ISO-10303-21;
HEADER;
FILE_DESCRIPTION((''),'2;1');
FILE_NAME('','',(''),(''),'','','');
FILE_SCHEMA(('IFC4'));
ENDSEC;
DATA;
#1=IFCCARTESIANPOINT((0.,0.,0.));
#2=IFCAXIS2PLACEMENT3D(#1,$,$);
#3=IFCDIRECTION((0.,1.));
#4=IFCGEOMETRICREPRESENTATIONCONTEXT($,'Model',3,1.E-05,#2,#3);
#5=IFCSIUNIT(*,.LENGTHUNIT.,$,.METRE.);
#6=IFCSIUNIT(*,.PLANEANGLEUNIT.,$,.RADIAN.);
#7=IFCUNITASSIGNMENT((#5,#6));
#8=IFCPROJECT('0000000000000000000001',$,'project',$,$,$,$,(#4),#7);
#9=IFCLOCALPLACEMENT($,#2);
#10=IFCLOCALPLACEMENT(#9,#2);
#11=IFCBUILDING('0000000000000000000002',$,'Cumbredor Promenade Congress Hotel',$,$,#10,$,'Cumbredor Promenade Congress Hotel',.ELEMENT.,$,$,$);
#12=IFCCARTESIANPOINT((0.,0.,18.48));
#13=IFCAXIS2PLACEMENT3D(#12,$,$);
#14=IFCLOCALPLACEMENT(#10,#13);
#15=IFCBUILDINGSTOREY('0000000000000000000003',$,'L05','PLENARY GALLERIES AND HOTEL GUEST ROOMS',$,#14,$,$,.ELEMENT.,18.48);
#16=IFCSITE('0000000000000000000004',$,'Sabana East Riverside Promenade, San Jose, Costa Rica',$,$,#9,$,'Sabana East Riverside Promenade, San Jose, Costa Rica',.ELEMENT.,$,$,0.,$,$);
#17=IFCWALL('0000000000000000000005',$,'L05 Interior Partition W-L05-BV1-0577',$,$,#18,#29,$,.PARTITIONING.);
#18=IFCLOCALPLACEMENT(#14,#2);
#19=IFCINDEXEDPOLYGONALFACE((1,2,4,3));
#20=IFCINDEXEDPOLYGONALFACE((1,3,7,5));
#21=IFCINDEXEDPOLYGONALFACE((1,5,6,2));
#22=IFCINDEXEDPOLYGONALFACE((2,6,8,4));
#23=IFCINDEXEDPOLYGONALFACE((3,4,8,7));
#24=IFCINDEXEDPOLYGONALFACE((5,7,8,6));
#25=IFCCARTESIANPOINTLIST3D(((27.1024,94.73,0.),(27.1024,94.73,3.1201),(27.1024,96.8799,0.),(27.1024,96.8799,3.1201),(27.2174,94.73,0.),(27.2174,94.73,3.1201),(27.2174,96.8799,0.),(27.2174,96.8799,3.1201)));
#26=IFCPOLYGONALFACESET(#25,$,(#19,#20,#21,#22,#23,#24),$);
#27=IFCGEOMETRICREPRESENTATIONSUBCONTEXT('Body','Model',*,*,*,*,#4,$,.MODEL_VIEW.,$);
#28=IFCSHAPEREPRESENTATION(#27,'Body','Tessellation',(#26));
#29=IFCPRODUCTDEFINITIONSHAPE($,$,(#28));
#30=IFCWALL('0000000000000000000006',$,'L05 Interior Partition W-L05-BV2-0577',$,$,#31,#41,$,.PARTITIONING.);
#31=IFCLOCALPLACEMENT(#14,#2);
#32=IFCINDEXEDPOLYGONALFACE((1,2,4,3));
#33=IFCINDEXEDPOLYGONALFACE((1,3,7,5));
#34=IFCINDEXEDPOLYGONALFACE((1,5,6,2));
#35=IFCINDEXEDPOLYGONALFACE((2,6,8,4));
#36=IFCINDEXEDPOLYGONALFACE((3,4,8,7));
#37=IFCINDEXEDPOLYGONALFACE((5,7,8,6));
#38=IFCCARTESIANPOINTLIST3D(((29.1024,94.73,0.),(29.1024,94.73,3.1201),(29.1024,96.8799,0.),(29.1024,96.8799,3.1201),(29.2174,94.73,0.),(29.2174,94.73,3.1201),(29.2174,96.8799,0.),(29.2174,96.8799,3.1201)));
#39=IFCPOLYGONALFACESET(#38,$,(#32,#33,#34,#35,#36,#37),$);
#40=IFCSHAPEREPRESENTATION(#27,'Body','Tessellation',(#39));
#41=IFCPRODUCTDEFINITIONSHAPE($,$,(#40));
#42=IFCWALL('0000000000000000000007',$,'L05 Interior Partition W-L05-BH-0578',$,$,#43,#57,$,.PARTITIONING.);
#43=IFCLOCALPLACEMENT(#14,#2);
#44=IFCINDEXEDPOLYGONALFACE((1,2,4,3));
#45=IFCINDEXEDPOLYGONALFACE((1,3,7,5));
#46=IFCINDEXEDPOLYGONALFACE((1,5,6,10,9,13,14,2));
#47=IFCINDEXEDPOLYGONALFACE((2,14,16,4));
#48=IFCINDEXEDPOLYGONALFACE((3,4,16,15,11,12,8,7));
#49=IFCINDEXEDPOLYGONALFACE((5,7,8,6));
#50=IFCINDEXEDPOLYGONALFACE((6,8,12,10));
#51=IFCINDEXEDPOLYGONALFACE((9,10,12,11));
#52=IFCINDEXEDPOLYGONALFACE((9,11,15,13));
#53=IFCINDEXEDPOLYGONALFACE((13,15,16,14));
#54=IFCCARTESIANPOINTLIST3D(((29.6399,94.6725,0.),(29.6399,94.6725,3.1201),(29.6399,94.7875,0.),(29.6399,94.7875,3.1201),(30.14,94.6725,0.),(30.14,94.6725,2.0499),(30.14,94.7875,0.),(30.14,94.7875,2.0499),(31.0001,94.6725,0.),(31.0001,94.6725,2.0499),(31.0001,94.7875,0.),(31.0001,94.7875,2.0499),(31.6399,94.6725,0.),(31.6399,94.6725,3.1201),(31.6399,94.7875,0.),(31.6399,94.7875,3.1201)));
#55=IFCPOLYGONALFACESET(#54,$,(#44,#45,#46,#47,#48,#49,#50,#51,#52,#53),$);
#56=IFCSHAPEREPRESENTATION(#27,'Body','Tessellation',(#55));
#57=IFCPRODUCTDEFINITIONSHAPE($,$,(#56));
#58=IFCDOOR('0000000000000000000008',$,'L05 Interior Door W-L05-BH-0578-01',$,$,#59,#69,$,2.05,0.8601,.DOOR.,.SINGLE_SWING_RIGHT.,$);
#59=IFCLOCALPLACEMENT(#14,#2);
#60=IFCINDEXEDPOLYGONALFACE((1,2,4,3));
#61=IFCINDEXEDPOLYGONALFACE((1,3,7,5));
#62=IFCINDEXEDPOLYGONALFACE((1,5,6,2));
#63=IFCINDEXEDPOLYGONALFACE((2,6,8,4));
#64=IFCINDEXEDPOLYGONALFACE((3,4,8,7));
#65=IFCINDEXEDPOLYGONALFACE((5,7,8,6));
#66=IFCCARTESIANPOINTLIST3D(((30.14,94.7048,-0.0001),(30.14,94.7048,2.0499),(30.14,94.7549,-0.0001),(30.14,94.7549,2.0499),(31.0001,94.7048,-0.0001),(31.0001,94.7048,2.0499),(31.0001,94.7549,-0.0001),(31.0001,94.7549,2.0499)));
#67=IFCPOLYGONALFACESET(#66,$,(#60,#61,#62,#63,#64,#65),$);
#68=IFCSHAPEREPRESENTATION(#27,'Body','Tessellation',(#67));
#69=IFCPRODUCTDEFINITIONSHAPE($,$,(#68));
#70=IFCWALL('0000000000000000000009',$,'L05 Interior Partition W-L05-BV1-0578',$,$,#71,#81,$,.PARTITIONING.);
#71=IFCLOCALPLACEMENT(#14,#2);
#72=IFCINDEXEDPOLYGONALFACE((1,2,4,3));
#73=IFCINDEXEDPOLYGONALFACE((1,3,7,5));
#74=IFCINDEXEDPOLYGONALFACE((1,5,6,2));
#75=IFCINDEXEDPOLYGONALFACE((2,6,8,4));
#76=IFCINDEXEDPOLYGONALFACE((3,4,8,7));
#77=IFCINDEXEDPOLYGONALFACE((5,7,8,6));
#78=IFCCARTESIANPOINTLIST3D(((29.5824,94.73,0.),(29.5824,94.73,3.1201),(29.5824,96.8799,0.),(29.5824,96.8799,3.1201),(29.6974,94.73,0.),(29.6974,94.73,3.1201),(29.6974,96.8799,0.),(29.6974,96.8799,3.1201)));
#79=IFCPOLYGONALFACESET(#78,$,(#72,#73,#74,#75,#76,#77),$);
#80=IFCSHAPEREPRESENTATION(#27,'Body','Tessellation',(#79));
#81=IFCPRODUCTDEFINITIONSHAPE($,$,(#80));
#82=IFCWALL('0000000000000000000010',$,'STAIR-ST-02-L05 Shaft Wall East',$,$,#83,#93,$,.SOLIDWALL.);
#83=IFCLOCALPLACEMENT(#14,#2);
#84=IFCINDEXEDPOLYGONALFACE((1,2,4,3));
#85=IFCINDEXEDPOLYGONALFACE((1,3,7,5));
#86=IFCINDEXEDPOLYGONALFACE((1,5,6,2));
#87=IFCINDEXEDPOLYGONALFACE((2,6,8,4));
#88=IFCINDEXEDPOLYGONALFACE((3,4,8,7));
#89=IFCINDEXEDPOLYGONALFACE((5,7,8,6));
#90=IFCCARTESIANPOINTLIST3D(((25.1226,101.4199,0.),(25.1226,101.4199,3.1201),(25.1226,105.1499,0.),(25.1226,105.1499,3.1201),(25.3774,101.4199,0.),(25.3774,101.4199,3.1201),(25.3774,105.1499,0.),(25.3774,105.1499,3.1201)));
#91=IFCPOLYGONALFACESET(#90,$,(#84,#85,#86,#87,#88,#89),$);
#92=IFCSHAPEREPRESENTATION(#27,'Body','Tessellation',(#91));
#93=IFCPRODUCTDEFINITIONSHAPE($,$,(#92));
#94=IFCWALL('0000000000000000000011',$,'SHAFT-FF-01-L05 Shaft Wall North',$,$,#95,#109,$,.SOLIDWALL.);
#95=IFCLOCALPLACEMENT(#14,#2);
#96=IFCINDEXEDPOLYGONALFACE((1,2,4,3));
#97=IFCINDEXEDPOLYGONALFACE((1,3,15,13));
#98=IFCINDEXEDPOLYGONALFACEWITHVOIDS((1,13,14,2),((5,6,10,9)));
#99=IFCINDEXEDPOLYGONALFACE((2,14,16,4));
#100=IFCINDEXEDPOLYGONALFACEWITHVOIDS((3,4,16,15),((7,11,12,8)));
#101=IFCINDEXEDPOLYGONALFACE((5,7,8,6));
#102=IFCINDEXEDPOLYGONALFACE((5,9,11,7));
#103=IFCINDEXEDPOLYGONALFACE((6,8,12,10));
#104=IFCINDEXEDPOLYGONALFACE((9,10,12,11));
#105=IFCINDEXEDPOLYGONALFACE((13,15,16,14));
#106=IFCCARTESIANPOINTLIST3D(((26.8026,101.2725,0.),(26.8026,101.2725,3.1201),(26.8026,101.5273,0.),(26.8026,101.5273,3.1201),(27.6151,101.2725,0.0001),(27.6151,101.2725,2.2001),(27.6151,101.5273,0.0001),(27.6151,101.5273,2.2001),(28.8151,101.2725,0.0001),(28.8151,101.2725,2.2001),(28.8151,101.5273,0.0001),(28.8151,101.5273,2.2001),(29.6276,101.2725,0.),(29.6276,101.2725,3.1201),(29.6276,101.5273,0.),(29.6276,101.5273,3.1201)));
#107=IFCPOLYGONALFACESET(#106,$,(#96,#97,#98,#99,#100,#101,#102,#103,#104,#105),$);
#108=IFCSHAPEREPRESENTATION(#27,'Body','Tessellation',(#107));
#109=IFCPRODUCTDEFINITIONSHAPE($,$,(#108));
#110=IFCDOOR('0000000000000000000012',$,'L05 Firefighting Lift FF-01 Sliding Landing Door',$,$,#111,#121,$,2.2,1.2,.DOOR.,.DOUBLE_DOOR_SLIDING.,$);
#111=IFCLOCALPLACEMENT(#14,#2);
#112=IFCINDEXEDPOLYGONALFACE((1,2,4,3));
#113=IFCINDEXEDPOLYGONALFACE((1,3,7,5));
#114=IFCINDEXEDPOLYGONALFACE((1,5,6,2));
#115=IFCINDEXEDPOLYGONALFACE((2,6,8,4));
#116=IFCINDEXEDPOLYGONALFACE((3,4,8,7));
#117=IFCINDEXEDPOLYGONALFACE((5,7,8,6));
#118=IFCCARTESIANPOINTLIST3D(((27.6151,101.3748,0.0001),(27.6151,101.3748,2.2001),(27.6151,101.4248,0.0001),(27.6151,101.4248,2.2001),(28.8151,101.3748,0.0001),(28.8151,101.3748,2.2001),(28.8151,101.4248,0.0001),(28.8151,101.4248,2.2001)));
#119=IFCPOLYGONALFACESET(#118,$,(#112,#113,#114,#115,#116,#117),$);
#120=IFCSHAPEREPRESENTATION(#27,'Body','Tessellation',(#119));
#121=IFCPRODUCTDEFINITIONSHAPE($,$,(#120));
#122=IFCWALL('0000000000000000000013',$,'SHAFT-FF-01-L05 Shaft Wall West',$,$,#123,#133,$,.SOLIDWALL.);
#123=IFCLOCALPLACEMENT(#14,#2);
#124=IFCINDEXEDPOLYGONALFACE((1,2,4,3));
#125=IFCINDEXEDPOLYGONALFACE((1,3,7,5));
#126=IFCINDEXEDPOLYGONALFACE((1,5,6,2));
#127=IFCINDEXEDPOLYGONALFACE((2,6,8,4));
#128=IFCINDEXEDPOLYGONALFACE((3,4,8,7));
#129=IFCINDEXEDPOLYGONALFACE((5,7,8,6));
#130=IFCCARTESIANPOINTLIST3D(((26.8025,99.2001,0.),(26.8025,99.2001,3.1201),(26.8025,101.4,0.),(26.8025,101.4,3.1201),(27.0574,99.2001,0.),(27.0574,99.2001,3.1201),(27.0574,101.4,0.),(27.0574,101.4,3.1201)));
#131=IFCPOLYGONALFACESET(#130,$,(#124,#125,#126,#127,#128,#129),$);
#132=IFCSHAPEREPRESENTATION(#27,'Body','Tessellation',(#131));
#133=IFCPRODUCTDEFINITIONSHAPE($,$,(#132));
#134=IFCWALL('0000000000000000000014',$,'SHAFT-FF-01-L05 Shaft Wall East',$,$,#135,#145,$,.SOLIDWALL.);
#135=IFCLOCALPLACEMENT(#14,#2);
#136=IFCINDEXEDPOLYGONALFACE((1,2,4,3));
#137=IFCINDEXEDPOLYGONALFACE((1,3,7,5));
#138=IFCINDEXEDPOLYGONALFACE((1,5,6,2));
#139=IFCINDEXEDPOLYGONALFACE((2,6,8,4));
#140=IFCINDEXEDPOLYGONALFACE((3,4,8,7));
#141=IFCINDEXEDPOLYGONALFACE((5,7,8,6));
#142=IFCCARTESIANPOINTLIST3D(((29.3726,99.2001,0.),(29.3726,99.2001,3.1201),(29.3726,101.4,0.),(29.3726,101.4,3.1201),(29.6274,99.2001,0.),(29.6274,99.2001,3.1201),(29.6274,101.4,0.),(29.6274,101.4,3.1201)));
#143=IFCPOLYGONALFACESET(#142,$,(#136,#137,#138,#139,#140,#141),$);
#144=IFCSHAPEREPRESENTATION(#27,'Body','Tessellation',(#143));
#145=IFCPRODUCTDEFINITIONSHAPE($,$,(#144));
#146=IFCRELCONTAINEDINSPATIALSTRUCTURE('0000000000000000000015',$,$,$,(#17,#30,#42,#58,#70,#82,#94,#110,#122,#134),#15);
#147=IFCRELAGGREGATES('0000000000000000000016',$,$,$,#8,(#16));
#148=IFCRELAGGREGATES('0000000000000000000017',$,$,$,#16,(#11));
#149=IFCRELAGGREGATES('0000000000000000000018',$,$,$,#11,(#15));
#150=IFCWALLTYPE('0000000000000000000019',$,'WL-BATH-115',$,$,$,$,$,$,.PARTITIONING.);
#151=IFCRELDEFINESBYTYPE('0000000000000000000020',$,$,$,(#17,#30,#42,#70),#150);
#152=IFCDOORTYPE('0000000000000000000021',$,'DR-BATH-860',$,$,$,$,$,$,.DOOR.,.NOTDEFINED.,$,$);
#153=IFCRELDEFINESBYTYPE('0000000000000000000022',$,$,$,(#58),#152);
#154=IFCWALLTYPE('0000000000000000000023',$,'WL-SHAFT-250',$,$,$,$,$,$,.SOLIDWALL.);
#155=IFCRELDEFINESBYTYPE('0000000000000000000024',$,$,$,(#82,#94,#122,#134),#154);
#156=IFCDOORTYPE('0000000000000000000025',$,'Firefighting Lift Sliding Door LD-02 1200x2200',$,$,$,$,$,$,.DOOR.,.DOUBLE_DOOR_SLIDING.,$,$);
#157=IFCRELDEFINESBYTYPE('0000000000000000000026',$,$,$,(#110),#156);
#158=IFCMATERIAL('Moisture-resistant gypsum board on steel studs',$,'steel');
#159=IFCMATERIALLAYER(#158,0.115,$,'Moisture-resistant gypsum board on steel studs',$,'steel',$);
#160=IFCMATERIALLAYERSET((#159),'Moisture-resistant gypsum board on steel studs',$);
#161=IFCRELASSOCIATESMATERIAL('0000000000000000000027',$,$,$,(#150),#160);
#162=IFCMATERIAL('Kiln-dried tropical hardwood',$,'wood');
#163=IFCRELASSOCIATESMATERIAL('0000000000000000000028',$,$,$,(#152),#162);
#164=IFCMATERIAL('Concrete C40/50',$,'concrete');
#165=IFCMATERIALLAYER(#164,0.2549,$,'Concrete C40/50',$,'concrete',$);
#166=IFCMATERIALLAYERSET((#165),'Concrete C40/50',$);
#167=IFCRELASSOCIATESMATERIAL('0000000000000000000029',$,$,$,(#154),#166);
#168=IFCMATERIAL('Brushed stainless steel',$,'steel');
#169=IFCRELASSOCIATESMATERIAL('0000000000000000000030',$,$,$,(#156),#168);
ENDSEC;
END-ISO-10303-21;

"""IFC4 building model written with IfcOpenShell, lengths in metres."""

from ifc_helpers import new_model, si_unit, direction, frame, frame_2d, origin, place, context, subcontext, project, spatial, rectangle, extrude, material, layer, layer_set, type_object, element, fill, save


model = new_model("IFC4")

# Units and contexts
model_context = context("Model", 3, precision=1e-05, world=origin(), true_north=direction((0.0, 1.0)))
body_context = subcontext(model_context, "Body", "Model", "MODEL_VIEW")
ifc_project = project(units=[si_unit("LENGTHUNIT", "METRE"), si_unit("PLANEANGLEUNIT", "RADIAN")], contexts=[model_context])

# Site, building, storey
site_placement = place(None, origin())
site = spatial("IfcSite", under=ifc_project, at=site_placement, Name="Sabana East Riverside Promenade, San Jose, Costa Rica", LongName="Sabana East Riverside Promenade, San Jose, Costa Rica", CompositionType="ELEMENT", RefElevation=0.0)
building_placement = place(site_placement, origin())
building = spatial("IfcBuilding", under=site, at=building_placement, Name="Cumbredor Promenade Congress Hotel", LongName="Cumbredor Promenade Congress Hotel", CompositionType="ELEMENT")
storey_placement = place(building_placement, frame((0.0, 0.0, 18.48)))
storey = spatial("IfcBuildingStorey", under=building, at=storey_placement, Name="L05", Description="PLENARY GALLERIES AND HOTEL GUEST ROOMS", CompositionType="ELEMENT", Elevation=18.48)

# Shared definitions
ifc_material_1 = material(Name="Concrete C40/50", Category="concrete")

# Shared definitions
ifc_material_2 = material(Name="Moisture-resistant gypsum board on steel studs", Category="steel")
ifc_layer_1 = layer(ifc_material_2, 0.115, Name="Moisture-resistant gypsum board on steel studs", Category="steel")
ifc_layer_set_1 = layer_set([ifc_layer_1], Name="Moisture-resistant gypsum board on steel studs")
wall_type_1 = type_object("IfcWallType", Name="WL-BATH-115", PredefinedType="PARTITIONING", material=ifc_layer_set_1)

# Shared definitions
ifc_material_3 = material(Name="Kiln-dried tropical hardwood", Category="wood")
door_type_1 = type_object("IfcDoorType", Name="DR-BATH-860", OperationType="NOTDEFINED", PredefinedType="DOOR", material=ifc_material_3)

# Walls
for number, where, z_axis, x_axis, name in (
    (1, (27.1599, 94.73, 0.0), (0.0, 0.0, 1.0), (0.0, 1.0, 0.0), "L05 Interior Partition W-L05-BV1-0577"),
    (2, (29.1599, 94.73, 0.0), (0.0, 0.0, 1.0), (0.0, 1.0, 0.0), "L05 Interior Partition W-L05-BV2-0577"),
):
    element("IfcWall", number, at=place(storey_placement, frame(where, z_axis=z_axis, x_axis=x_axis)), inside=storey, type_object=wall_type_1, Name=name, PredefinedType="PARTITIONING", context=body_context, shape_type="SweptSolid", body=[
        extrude(rectangle(XDim=2.1499, YDim=0.115, at=frame_2d((1.075, 0.0))), origin(), (0.0, 0.0, 1.0), 3.1201),
    ])

# Wall, opening, door
wall_1_placement = place(storey_placement, frame((29.6399, 94.73, 0.0), z_axis=(0.0, 0.0, 1.0), x_axis=(1.0, 0.0, 0.0)))
wall_1 = element("IfcWall", 3, at=wall_1_placement, inside=storey, type_object=wall_type_1, Name="L05 Interior Partition W-L05-BH-0578", PredefinedType="PARTITIONING", context=body_context, shape_type="SweptSolid", body=[
    extrude(rectangle(XDim=2.0, YDim=0.115, at=frame_2d((1.0, 0.0))), origin(), (0.0, 0.0, 1.0), 3.1201),
])
opening_1_placement = place(wall_1_placement, frame((0.5, 0.0, 0.0)))
opening_1 = element("IfcOpeningElement", 4, at=opening_1_placement, cuts=wall_1, PredefinedType="OPENING", context=body_context, shape_type="SweptSolid", body=[
    extrude(rectangle(XDim=0.8601, YDim=2.05, at=frame_2d((0.4302, 1.0249))), frame((0.0, 0.0674, 0.0), z_axis=(0.0, -1.0, 0.0), x_axis=(1.0, 0.0, 0.0)), (0.0, 0.0, 1.0), 0.135),
])
door_1_placement = place(opening_1_placement, origin())
door_1 = element("IfcDoor", 5, at=door_1_placement, inside=storey, type_object=door_type_1, Name="L05 Interior Door W-L05-BH-0578-01", OperationType="SINGLE_SWING_RIGHT", OverallHeight=2.05, OverallWidth=0.8601, PredefinedType="DOOR", context=body_context, shape_type="SweptSolid", body=[
    extrude(rectangle(XDim=0.8601, YDim=2.05, at=frame_2d((0.4302, 1.0249))), frame((0.0, 0.0249, 0.0), z_axis=(0.0, -1.0, 0.0), x_axis=(1.0, 0.0, 0.0)), (0.0, 0.0, 1.0), 0.05),
])
fill(opening_1, door_1)

# Walls
wall_2_placement = place(storey_placement, frame((29.6399, 94.73, 0.0), z_axis=(0.0, 0.0, 1.0), x_axis=(0.0, 1.0, 0.0)))
element("IfcWall", 6, at=wall_2_placement, inside=storey, type_object=wall_type_1, Name="L05 Interior Partition W-L05-BV1-0578", PredefinedType="PARTITIONING", context=body_context, shape_type="SweptSolid", body=[
    extrude(rectangle(XDim=2.1499, YDim=0.115, at=frame_2d((1.075, 0.0))), origin(), (0.0, 0.0, 1.0), 3.1201),
])
ifc_layer_2 = layer(ifc_material_1, 0.2549, Name="Concrete C40/50", Category="concrete")
ifc_layer_set_2 = layer_set([ifc_layer_2], Name="Concrete C40/50")
wall_type_2 = type_object("IfcWallType", Name="WL-SHAFT-250", PredefinedType="SOLIDWALL", material=ifc_layer_set_2)
wall_3_placement = place(storey_placement, frame((25.25, 101.4199, 0.0), z_axis=(0.0, 0.0, 1.0), x_axis=(0.0, 1.0, 0.0)))
element("IfcWall", 7, at=wall_3_placement, inside=storey, type_object=wall_type_2, Name="STAIR-ST-02-L05 Shaft Wall East", PredefinedType="SOLIDWALL", context=body_context, shape_type="SweptSolid", body=[
    extrude(rectangle(XDim=3.73, YDim=0.2549, at=frame_2d((1.865, 0.0))), origin(), (0.0, 0.0, 1.0), 3.1201),
])

# Wall, opening, door
wall_4_placement = place(storey_placement, frame((26.8025, 101.3999, 0.0), z_axis=(0.0, 0.0, 1.0), x_axis=(1.0, 0.0, 0.0)))
wall_4 = element("IfcWall", 8, at=wall_4_placement, inside=storey, type_object=wall_type_2, Name="SHAFT-FF-01-L05 Shaft Wall North", PredefinedType="SOLIDWALL", context=body_context, shape_type="SweptSolid", body=[
    extrude(rectangle(XDim=2.825, YDim=0.2549, at=frame_2d((1.4126, 0.0))), origin(), (0.0, 0.0, 1.0), 3.1201),
])
opening_2_placement = place(wall_4_placement, frame((0.8125, 0.0, 0.0)))
opening_2 = element("IfcOpeningElement", 9, at=opening_2_placement, cuts=wall_4, PredefinedType="OPENING", context=body_context, shape_type="SweptSolid", body=[
    extrude(rectangle(XDim=1.2, YDim=2.2, at=frame_2d((0.6001, 1.1001))), frame((0.0, 0.1375, 0.0), z_axis=(0.0, -1.0, 0.0), x_axis=(1.0, 0.0, 0.0)), (0.0, 0.0, 1.0), 0.2749),
])
ifc_material_4 = material(Name="Brushed stainless steel", Category="steel")
door_type_2 = type_object("IfcDoorType", Name="Firefighting Lift Sliding Door LD-02 1200x2200", OperationType="DOUBLE_DOOR_SLIDING", PredefinedType="DOOR", material=ifc_material_4)
door_2_placement = place(opening_2_placement, origin())
door_2 = element("IfcDoor", 10, at=door_2_placement, inside=storey, type_object=door_type_2, Name="L05 Firefighting Lift FF-01 Sliding Landing Door", OperationType="DOUBLE_DOOR_SLIDING", OverallHeight=2.2, OverallWidth=1.2, PredefinedType="DOOR", context=body_context, shape_type="SweptSolid", body=[
    extrude(rectangle(XDim=1.2, YDim=2.2, at=frame_2d((0.6001, 1.1001))), frame((0.0, 0.0249, 0.0), z_axis=(0.0, -1.0, 0.0), x_axis=(1.0, 0.0, 0.0)), (0.0, 0.0, 1.0), 0.05),
])
fill(opening_2, door_2)

# Walls
for number, where, z_axis, x_axis, name in (
    (11, (26.9299, 99.2, 0.0), (0.0, 0.0, 1.0), (0.0, 1.0, 0.0), "SHAFT-FF-01-L05 Shaft Wall West"),
    (12, (29.5, 99.2, 0.0), (0.0, 0.0, 1.0), (0.0, 1.0, 0.0), "SHAFT-FF-01-L05 Shaft Wall East"),
):
    element("IfcWall", number, at=place(storey_placement, frame(where, z_axis=z_axis, x_axis=x_axis)), inside=storey, type_object=wall_type_2, Name=name, PredefinedType="SOLIDWALL", context=body_context, shape_type="SweptSolid", body=[
        extrude(rectangle(XDim=2.2, YDim=0.2549, at=frame_2d((1.1001, 0.0))), origin(), (0.0, 0.0, 1.0), 3.1201),
    ])

save(model, "model.ifc")
